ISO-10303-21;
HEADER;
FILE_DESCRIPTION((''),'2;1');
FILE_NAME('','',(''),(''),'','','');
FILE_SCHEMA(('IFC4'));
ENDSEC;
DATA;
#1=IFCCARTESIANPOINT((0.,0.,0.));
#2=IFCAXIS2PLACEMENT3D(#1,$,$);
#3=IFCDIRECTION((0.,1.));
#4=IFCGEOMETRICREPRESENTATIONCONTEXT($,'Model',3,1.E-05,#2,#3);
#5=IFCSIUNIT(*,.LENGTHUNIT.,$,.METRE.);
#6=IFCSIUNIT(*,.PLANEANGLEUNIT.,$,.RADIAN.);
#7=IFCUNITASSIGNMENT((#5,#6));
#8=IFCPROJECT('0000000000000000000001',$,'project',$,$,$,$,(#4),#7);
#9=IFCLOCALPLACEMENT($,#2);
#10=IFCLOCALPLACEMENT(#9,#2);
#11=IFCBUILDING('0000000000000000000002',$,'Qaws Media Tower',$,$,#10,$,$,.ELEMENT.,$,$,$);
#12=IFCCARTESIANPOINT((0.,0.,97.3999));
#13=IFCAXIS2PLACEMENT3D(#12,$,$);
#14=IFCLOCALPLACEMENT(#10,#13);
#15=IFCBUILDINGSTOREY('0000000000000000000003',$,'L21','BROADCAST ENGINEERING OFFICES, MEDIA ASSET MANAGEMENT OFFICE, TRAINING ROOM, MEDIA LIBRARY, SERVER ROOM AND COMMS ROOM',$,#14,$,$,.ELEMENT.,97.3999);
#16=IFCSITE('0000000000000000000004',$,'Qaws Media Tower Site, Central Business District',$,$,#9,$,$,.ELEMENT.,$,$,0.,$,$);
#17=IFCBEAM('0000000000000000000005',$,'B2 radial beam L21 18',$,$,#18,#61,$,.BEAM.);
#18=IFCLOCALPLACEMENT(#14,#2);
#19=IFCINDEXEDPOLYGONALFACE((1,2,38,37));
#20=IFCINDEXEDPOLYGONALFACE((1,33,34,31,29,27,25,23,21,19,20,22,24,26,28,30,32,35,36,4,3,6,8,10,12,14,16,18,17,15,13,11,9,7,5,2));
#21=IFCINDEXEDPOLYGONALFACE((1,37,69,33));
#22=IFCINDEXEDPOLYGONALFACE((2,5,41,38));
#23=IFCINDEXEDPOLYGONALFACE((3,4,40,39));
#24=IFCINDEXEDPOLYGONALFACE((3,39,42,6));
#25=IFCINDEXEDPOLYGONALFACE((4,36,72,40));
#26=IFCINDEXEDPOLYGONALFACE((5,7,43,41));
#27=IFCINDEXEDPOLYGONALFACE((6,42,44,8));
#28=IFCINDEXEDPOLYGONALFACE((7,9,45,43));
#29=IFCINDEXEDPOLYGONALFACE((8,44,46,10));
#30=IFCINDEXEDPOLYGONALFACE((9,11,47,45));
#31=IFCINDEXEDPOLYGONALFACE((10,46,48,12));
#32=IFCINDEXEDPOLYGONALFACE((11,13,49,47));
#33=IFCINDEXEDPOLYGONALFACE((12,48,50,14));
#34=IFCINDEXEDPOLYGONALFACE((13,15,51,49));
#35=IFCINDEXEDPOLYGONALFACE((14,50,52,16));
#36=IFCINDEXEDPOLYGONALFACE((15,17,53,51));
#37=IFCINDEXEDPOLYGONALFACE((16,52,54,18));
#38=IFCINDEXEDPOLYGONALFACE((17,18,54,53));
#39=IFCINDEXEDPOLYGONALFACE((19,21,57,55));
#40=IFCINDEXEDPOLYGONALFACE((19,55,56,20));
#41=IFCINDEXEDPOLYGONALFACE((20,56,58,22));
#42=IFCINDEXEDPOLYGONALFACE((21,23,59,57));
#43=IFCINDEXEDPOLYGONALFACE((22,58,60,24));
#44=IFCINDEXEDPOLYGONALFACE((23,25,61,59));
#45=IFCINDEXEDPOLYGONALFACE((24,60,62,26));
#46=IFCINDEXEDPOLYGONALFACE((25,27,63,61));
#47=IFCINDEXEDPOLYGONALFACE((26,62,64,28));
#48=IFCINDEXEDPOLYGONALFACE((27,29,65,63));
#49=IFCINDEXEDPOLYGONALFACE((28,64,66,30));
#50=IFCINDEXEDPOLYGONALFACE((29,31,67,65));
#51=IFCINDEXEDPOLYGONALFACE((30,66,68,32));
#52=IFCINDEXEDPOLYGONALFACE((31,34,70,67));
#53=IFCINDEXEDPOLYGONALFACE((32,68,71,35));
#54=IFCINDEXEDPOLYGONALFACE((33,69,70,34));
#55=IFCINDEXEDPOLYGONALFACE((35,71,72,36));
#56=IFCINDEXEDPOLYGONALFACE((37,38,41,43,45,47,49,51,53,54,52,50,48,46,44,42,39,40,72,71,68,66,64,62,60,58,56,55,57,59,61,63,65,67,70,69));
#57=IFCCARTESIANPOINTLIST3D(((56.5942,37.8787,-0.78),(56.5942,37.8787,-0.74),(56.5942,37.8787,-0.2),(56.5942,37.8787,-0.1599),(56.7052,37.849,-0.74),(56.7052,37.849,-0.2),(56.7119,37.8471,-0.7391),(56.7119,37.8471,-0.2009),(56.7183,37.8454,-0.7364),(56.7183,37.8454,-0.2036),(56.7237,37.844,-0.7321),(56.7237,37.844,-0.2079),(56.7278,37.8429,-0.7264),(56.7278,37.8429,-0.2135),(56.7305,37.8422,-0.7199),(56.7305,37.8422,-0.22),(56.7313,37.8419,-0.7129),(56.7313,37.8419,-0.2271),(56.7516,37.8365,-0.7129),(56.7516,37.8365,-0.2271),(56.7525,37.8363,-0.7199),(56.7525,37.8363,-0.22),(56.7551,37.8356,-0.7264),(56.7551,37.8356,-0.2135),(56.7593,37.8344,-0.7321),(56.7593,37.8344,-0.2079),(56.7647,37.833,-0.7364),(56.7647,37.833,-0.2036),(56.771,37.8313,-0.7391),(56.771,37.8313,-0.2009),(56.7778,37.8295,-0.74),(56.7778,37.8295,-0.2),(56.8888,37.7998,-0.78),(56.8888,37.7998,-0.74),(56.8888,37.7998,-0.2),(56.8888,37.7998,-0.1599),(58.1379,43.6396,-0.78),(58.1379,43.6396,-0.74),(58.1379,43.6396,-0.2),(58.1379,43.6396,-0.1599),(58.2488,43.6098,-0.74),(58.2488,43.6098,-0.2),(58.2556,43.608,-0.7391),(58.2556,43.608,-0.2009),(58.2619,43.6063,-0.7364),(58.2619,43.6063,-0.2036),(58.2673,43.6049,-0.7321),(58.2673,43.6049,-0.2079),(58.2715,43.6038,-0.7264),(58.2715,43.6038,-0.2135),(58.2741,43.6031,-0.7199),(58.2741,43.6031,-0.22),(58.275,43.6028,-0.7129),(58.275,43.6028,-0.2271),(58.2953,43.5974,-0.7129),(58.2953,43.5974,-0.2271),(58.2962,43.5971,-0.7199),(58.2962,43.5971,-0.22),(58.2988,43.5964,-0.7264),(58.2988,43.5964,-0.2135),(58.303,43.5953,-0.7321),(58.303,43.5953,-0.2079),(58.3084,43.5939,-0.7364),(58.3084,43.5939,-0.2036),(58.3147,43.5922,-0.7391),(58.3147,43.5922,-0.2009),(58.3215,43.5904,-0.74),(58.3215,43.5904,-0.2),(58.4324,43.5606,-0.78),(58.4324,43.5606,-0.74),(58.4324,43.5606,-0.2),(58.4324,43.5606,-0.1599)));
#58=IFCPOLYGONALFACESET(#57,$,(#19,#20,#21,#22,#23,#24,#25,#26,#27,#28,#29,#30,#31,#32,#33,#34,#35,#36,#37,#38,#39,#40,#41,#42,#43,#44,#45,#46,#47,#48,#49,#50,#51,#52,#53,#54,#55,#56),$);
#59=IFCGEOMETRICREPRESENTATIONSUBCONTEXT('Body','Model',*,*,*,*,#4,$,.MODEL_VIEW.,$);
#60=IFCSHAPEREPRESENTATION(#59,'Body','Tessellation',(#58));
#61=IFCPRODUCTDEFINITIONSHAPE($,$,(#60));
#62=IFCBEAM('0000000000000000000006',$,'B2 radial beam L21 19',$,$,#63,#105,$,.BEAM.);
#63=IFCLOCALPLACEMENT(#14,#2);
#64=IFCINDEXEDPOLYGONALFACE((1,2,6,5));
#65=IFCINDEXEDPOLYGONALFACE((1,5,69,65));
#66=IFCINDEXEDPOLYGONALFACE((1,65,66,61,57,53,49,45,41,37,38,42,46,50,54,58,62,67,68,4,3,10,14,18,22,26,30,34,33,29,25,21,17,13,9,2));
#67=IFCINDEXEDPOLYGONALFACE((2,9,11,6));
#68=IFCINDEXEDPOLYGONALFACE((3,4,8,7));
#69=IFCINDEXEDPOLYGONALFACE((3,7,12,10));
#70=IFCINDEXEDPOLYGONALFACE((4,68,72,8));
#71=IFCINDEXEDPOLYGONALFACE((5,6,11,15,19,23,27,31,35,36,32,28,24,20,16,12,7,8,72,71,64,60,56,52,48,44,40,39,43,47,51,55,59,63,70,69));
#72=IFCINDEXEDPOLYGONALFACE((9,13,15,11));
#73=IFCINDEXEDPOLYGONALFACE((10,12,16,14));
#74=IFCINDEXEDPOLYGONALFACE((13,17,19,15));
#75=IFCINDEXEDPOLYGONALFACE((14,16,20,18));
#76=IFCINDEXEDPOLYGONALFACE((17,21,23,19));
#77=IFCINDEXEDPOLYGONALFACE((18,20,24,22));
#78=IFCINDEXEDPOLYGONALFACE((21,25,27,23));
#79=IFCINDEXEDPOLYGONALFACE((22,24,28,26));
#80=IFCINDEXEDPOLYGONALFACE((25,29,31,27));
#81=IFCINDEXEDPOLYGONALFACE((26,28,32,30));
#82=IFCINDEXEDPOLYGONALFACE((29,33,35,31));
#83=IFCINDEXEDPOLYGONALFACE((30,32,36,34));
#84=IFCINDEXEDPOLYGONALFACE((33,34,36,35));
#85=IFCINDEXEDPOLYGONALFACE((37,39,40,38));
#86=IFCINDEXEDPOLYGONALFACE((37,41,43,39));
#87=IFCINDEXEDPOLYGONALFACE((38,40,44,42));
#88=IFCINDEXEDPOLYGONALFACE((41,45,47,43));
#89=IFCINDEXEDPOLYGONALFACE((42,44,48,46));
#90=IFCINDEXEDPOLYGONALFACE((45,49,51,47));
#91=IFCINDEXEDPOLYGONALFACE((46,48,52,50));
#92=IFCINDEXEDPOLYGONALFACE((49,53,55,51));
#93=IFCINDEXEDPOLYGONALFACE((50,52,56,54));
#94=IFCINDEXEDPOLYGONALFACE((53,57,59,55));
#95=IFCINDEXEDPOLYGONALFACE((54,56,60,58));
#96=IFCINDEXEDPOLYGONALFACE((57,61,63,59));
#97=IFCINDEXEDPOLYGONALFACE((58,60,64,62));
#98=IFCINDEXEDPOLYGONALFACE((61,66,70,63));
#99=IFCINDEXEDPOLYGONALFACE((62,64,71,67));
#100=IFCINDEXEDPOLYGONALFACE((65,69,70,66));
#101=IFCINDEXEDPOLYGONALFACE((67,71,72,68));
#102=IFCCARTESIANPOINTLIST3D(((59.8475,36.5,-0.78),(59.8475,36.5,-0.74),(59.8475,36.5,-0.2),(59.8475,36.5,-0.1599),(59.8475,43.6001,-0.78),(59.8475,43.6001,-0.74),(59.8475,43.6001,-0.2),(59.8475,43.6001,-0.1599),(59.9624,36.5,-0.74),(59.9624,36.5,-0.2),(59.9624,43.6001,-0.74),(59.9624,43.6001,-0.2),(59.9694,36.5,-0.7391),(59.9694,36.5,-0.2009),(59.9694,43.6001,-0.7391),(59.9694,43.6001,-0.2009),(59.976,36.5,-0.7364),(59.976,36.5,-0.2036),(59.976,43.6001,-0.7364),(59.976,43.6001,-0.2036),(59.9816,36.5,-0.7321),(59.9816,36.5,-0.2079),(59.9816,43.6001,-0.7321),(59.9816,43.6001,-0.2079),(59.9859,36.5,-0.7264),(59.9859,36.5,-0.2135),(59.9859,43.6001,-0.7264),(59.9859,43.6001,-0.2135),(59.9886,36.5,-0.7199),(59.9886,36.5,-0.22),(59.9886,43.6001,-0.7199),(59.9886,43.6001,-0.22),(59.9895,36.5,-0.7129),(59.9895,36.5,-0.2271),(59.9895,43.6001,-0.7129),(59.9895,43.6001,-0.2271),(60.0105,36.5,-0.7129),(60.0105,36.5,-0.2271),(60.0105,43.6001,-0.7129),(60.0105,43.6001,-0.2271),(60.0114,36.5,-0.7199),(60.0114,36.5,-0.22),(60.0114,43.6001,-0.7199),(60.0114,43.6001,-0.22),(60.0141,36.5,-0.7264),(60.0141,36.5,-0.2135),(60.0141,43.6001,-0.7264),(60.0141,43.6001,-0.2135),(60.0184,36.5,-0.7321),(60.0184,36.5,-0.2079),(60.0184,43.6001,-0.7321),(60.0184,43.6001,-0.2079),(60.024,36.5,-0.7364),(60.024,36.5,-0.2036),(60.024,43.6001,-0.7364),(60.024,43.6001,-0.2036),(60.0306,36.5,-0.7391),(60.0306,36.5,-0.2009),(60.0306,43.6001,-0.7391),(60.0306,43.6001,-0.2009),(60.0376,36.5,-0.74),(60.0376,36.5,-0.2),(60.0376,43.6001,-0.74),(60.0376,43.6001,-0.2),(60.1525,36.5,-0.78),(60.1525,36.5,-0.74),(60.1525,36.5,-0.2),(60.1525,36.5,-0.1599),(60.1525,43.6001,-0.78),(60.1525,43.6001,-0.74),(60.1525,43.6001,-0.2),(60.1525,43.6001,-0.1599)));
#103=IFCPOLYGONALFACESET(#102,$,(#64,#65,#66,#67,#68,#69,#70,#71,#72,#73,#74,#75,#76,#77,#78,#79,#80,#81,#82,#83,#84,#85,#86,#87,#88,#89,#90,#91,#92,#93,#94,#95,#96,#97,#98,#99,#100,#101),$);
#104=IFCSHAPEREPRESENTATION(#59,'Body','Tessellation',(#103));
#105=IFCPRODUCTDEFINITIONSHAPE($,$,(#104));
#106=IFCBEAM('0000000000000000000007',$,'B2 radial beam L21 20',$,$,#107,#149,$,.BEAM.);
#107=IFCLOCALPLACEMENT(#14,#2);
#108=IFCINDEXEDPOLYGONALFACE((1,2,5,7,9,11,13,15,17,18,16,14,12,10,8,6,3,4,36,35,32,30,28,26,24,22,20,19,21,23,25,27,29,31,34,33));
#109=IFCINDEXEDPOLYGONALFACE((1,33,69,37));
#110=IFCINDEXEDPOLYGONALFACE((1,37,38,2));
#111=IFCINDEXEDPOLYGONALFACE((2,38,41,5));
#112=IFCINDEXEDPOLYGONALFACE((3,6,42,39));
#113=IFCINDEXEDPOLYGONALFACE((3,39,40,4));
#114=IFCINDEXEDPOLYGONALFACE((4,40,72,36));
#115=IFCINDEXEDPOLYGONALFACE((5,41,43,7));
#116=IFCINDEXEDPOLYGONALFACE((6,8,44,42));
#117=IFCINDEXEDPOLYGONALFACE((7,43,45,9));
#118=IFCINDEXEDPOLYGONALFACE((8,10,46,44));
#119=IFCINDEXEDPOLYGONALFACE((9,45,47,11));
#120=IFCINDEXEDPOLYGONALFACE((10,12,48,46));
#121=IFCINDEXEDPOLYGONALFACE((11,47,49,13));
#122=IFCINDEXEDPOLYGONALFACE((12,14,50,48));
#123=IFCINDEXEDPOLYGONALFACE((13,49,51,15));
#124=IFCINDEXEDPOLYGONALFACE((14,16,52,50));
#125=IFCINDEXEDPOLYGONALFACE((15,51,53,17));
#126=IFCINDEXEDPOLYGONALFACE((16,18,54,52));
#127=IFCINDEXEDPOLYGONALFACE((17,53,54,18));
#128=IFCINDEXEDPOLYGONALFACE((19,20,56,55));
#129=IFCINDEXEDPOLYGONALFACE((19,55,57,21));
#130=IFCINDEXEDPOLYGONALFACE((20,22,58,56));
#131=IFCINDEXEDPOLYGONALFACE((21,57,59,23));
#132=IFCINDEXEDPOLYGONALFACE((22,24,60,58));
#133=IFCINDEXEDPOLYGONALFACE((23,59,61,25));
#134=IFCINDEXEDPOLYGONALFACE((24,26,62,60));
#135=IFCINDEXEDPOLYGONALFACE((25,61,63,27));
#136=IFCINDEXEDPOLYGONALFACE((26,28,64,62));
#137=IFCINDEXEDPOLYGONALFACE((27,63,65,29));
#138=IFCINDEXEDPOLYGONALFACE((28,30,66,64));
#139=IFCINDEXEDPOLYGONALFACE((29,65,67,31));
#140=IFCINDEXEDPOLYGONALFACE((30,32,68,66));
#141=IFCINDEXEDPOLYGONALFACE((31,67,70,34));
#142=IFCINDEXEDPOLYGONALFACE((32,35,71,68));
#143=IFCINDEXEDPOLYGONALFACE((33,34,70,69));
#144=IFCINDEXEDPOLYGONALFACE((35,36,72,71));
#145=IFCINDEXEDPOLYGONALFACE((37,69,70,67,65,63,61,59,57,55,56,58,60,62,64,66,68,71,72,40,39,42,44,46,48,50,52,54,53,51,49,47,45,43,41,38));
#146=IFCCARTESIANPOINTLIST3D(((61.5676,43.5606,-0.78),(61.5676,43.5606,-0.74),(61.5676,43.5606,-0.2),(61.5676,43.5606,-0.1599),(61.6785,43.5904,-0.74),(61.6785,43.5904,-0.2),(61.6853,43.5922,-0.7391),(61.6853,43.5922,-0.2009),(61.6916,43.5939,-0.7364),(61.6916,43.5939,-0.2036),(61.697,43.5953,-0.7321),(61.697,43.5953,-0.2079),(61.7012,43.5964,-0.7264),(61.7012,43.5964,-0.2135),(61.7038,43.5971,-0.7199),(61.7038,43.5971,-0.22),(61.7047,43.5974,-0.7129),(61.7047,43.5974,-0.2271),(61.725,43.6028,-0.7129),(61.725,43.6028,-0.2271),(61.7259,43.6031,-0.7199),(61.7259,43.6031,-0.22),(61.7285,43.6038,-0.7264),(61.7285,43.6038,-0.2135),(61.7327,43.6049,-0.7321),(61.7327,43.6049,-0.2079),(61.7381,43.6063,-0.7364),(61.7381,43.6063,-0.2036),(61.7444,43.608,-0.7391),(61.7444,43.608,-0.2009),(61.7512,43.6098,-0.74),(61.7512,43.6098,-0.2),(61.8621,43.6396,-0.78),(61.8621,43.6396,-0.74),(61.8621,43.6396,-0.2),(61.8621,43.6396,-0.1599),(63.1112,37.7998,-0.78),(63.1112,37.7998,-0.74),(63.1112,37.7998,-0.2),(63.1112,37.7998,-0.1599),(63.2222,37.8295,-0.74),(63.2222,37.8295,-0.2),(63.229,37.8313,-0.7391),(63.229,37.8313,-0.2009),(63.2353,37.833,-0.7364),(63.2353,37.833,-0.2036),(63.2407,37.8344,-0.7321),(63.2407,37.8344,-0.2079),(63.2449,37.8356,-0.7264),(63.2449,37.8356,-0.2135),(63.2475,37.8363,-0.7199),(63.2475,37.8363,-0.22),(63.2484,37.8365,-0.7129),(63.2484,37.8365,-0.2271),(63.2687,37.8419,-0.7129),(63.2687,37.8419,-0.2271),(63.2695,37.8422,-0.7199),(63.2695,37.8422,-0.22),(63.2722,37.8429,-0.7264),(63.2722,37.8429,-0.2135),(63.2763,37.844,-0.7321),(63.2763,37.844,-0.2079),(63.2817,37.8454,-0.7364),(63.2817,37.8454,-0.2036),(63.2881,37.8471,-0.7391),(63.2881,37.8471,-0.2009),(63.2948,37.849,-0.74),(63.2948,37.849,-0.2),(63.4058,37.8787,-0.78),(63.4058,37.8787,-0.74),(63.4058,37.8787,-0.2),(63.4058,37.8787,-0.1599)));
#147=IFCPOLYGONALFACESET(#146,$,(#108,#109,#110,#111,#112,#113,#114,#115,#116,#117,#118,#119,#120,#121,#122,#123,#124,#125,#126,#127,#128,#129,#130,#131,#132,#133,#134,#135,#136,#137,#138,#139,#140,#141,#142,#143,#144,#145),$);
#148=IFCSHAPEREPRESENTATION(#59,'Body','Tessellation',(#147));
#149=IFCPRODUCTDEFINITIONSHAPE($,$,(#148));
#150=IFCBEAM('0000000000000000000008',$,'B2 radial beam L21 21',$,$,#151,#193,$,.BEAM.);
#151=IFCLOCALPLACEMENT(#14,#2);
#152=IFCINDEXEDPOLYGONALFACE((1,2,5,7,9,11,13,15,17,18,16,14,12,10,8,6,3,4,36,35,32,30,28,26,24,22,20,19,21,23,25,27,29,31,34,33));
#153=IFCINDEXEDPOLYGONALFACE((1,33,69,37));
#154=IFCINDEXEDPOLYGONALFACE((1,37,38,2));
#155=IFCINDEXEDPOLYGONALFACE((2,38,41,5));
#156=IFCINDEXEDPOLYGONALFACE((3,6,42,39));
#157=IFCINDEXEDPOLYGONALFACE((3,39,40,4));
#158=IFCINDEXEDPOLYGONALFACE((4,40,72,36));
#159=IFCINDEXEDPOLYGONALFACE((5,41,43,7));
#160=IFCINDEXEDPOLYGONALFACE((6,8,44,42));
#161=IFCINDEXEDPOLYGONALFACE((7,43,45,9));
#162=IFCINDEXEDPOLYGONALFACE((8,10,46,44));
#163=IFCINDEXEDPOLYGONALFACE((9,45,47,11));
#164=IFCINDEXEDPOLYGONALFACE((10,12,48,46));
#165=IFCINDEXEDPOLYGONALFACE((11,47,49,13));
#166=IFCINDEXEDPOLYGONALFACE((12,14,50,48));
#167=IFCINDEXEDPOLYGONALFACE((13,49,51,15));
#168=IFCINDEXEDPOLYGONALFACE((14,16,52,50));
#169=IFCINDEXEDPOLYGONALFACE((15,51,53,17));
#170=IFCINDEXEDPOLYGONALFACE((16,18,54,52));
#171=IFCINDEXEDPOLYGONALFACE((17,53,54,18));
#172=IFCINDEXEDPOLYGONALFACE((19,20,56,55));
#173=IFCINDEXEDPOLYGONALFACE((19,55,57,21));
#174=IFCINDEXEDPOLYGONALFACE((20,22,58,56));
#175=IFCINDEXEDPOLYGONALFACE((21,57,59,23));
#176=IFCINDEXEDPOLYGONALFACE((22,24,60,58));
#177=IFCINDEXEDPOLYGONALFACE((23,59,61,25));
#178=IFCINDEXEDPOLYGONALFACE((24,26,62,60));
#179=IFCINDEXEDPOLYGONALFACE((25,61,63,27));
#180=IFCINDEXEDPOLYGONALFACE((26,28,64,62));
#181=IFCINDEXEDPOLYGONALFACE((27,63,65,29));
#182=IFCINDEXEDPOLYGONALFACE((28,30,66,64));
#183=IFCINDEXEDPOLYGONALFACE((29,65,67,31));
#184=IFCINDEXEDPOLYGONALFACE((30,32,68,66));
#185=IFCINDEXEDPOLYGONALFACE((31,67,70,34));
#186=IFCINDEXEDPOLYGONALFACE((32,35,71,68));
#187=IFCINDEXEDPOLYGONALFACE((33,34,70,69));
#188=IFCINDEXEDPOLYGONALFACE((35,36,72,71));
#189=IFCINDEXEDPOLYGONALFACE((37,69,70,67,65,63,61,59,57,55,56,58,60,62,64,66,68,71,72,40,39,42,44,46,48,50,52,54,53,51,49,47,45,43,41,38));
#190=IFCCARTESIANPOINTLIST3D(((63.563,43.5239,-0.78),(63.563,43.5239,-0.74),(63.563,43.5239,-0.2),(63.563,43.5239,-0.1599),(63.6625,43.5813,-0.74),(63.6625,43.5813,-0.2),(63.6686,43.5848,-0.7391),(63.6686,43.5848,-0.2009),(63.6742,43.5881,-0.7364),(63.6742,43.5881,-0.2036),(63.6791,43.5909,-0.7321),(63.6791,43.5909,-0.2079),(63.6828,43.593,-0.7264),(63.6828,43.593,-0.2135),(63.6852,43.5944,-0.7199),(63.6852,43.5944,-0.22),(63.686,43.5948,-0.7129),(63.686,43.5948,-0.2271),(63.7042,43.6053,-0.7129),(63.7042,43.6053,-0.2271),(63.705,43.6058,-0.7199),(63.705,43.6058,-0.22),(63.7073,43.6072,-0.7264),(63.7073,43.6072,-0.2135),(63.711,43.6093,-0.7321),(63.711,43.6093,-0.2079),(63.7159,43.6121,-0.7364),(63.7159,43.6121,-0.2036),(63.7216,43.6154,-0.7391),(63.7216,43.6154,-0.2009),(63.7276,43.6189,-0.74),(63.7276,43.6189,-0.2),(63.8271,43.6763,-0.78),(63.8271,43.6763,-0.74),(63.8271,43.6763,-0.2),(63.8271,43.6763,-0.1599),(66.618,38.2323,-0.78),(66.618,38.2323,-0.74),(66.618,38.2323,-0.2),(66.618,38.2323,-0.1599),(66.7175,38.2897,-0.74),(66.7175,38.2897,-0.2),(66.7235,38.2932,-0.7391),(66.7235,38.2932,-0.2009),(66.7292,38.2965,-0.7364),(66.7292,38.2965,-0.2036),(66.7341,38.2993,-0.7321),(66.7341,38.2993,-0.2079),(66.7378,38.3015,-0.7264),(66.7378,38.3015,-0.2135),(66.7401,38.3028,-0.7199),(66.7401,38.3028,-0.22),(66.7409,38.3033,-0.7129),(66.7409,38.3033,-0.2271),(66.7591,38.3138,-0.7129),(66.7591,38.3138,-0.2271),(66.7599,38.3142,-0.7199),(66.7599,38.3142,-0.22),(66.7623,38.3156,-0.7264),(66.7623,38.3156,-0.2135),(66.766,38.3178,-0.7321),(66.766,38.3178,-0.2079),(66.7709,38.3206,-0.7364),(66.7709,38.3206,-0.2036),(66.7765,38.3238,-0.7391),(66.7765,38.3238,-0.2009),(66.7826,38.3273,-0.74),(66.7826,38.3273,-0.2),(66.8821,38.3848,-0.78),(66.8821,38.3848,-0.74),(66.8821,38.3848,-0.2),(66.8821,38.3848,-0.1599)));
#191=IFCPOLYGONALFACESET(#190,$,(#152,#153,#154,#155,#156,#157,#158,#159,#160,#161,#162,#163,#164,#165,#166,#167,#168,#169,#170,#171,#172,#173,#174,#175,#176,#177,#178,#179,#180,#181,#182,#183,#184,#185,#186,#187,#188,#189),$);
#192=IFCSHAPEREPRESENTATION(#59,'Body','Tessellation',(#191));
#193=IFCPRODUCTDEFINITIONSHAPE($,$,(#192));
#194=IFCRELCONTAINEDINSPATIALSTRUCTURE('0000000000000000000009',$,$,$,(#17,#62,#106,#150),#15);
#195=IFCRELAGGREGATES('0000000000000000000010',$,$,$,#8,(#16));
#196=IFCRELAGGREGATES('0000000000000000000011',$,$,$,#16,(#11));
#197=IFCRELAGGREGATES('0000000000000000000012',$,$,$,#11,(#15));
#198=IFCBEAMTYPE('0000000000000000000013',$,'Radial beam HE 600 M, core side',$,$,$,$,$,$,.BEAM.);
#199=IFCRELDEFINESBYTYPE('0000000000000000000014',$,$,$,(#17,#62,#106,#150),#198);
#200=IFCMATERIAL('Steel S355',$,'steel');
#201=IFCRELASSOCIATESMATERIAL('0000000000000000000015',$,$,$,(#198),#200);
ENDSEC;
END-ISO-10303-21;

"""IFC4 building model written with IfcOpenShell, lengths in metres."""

from ifc_helpers import new_model, si_unit, direction, frame, origin, origin_2d, place, context, subcontext, project, spatial, i_section, extrude, material, material_profile, profile_set, type_object, element, save


model = new_model("IFC4")

# Units and contexts
model_context = context("Model", 3, precision=1e-05, world=origin(), true_north=direction((0.0, 1.0)))
body_context = subcontext(model_context, "Body", "Model", "MODEL_VIEW")
ifc_project = project(units=[si_unit("LENGTHUNIT", "METRE"), si_unit("PLANEANGLEUNIT", "RADIAN")], contexts=[model_context])

# Site, building, storey
site_placement = place(None, origin())
site = spatial("IfcSite", under=ifc_project, at=site_placement, Name="Qaws Media Tower Site, Central Business District", CompositionType="ELEMENT", RefElevation=0.0)
building_placement = place(site_placement, origin())
building = spatial("IfcBuilding", under=site, at=building_placement, Name="Qaws Media Tower", CompositionType="ELEMENT")
storey_placement = place(building_placement, frame((0.0, 0.0, 97.3999)))
storey = spatial("IfcBuildingStorey", under=building, at=storey_placement, Name="L21", Description="BROADCAST ENGINEERING OFFICES, MEDIA ASSET MANAGEMENT OFFICE, TRAINING ROOM, MEDIA LIBRARY, SERVER ROOM AND COMMS ROOM", CompositionType="ELEMENT", Elevation=97.3999)

# Beams
ifc_material_1 = material(Name="Steel S355", Category="steel")
ifc_material_profile_1 = material_profile(ifc_material_1, i_section(OverallWidth=0.3049, OverallDepth=0.6201, WebThickness=0.021, FlangeThickness=0.04, FilletRadius=0.0271, at=origin_2d()), Name="HE 600 M")
ifc_profile_set_1 = profile_set([ifc_material_profile_1], Name="Steel S355")
beam_type_1 = type_object("IfcBeamType", Name="Radial beam HE 600 M, core side", PredefinedType="BEAM", material=ifc_profile_set_1)
beam_1_placement = place(storey_placement, frame((58.2852, 43.6001, -0.47), z_axis=(-0.258827, -0.965924, 0.0), x_axis=(0.965924, -0.258827, 0.0)))
element("IfcBeam", 1, at=beam_1_placement, inside=storey, type_object=beam_type_1, Name="B2 radial beam L21 18", PredefinedType="BEAM", context=body_context, shape_type="SweptSolid", body=[
    extrude(i_section(OverallWidth=0.3049, OverallDepth=0.6201, WebThickness=0.021, FlangeThickness=0.04, FilletRadius=0.0271, at=origin_2d()), origin(), (0.0, 0.0, 1.0), 5.9641),
])
beam_2_placement = place(storey_placement, frame((60.0, 43.6001, -0.47), z_axis=(0.0, -1.0, 0.0), x_axis=(1.0, 0.0, 0.0)))
element("IfcBeam", 2, at=beam_2_placement, inside=storey, type_object=beam_type_1, Name="B2 radial beam L21 19", PredefinedType="BEAM", context=body_context, shape_type="SweptSolid", body=[
    extrude(i_section(OverallWidth=0.3049, OverallDepth=0.6201, WebThickness=0.021, FlangeThickness=0.04, FilletRadius=0.0271, at=origin_2d()), origin(), (0.0, 0.0, 1.0), 7.1001),
])
beam_3_placement = place(storey_placement, frame((61.7148, 43.6001, -0.47), z_axis=(0.258827, -0.965924, 0.0), x_axis=(0.965924, 0.258827, 0.0)))
element("IfcBeam", 3, at=beam_3_placement, inside=storey, type_object=beam_type_1, Name="B2 radial beam L21 20", PredefinedType="BEAM", context=body_context, shape_type="SweptSolid", body=[
    extrude(i_section(OverallWidth=0.3049, OverallDepth=0.6201, WebThickness=0.021, FlangeThickness=0.04, FilletRadius=0.0271, at=origin_2d()), origin(), (0.0, 0.0, 1.0), 5.9641),
])
beam_4_placement = place(storey_placement, frame((63.6951, 43.6001, -0.47), z_axis=(0.499985, -0.866034, 0.0), x_axis=(0.866034, 0.499985, 0.0)))
element("IfcBeam", 4, at=beam_4_placement, inside=storey, type_object=beam_type_1, Name="B2 radial beam L21 21", PredefinedType="BEAM", context=body_context, shape_type="SweptSolid", body=[
    extrude(i_section(OverallWidth=0.3049, OverallDepth=0.6201, WebThickness=0.021, FlangeThickness=0.04, FilletRadius=0.0271, at=origin_2d()), origin(), (0.0, 0.0, 1.0), 6.1101),
])

save(model, "model.ifc")
